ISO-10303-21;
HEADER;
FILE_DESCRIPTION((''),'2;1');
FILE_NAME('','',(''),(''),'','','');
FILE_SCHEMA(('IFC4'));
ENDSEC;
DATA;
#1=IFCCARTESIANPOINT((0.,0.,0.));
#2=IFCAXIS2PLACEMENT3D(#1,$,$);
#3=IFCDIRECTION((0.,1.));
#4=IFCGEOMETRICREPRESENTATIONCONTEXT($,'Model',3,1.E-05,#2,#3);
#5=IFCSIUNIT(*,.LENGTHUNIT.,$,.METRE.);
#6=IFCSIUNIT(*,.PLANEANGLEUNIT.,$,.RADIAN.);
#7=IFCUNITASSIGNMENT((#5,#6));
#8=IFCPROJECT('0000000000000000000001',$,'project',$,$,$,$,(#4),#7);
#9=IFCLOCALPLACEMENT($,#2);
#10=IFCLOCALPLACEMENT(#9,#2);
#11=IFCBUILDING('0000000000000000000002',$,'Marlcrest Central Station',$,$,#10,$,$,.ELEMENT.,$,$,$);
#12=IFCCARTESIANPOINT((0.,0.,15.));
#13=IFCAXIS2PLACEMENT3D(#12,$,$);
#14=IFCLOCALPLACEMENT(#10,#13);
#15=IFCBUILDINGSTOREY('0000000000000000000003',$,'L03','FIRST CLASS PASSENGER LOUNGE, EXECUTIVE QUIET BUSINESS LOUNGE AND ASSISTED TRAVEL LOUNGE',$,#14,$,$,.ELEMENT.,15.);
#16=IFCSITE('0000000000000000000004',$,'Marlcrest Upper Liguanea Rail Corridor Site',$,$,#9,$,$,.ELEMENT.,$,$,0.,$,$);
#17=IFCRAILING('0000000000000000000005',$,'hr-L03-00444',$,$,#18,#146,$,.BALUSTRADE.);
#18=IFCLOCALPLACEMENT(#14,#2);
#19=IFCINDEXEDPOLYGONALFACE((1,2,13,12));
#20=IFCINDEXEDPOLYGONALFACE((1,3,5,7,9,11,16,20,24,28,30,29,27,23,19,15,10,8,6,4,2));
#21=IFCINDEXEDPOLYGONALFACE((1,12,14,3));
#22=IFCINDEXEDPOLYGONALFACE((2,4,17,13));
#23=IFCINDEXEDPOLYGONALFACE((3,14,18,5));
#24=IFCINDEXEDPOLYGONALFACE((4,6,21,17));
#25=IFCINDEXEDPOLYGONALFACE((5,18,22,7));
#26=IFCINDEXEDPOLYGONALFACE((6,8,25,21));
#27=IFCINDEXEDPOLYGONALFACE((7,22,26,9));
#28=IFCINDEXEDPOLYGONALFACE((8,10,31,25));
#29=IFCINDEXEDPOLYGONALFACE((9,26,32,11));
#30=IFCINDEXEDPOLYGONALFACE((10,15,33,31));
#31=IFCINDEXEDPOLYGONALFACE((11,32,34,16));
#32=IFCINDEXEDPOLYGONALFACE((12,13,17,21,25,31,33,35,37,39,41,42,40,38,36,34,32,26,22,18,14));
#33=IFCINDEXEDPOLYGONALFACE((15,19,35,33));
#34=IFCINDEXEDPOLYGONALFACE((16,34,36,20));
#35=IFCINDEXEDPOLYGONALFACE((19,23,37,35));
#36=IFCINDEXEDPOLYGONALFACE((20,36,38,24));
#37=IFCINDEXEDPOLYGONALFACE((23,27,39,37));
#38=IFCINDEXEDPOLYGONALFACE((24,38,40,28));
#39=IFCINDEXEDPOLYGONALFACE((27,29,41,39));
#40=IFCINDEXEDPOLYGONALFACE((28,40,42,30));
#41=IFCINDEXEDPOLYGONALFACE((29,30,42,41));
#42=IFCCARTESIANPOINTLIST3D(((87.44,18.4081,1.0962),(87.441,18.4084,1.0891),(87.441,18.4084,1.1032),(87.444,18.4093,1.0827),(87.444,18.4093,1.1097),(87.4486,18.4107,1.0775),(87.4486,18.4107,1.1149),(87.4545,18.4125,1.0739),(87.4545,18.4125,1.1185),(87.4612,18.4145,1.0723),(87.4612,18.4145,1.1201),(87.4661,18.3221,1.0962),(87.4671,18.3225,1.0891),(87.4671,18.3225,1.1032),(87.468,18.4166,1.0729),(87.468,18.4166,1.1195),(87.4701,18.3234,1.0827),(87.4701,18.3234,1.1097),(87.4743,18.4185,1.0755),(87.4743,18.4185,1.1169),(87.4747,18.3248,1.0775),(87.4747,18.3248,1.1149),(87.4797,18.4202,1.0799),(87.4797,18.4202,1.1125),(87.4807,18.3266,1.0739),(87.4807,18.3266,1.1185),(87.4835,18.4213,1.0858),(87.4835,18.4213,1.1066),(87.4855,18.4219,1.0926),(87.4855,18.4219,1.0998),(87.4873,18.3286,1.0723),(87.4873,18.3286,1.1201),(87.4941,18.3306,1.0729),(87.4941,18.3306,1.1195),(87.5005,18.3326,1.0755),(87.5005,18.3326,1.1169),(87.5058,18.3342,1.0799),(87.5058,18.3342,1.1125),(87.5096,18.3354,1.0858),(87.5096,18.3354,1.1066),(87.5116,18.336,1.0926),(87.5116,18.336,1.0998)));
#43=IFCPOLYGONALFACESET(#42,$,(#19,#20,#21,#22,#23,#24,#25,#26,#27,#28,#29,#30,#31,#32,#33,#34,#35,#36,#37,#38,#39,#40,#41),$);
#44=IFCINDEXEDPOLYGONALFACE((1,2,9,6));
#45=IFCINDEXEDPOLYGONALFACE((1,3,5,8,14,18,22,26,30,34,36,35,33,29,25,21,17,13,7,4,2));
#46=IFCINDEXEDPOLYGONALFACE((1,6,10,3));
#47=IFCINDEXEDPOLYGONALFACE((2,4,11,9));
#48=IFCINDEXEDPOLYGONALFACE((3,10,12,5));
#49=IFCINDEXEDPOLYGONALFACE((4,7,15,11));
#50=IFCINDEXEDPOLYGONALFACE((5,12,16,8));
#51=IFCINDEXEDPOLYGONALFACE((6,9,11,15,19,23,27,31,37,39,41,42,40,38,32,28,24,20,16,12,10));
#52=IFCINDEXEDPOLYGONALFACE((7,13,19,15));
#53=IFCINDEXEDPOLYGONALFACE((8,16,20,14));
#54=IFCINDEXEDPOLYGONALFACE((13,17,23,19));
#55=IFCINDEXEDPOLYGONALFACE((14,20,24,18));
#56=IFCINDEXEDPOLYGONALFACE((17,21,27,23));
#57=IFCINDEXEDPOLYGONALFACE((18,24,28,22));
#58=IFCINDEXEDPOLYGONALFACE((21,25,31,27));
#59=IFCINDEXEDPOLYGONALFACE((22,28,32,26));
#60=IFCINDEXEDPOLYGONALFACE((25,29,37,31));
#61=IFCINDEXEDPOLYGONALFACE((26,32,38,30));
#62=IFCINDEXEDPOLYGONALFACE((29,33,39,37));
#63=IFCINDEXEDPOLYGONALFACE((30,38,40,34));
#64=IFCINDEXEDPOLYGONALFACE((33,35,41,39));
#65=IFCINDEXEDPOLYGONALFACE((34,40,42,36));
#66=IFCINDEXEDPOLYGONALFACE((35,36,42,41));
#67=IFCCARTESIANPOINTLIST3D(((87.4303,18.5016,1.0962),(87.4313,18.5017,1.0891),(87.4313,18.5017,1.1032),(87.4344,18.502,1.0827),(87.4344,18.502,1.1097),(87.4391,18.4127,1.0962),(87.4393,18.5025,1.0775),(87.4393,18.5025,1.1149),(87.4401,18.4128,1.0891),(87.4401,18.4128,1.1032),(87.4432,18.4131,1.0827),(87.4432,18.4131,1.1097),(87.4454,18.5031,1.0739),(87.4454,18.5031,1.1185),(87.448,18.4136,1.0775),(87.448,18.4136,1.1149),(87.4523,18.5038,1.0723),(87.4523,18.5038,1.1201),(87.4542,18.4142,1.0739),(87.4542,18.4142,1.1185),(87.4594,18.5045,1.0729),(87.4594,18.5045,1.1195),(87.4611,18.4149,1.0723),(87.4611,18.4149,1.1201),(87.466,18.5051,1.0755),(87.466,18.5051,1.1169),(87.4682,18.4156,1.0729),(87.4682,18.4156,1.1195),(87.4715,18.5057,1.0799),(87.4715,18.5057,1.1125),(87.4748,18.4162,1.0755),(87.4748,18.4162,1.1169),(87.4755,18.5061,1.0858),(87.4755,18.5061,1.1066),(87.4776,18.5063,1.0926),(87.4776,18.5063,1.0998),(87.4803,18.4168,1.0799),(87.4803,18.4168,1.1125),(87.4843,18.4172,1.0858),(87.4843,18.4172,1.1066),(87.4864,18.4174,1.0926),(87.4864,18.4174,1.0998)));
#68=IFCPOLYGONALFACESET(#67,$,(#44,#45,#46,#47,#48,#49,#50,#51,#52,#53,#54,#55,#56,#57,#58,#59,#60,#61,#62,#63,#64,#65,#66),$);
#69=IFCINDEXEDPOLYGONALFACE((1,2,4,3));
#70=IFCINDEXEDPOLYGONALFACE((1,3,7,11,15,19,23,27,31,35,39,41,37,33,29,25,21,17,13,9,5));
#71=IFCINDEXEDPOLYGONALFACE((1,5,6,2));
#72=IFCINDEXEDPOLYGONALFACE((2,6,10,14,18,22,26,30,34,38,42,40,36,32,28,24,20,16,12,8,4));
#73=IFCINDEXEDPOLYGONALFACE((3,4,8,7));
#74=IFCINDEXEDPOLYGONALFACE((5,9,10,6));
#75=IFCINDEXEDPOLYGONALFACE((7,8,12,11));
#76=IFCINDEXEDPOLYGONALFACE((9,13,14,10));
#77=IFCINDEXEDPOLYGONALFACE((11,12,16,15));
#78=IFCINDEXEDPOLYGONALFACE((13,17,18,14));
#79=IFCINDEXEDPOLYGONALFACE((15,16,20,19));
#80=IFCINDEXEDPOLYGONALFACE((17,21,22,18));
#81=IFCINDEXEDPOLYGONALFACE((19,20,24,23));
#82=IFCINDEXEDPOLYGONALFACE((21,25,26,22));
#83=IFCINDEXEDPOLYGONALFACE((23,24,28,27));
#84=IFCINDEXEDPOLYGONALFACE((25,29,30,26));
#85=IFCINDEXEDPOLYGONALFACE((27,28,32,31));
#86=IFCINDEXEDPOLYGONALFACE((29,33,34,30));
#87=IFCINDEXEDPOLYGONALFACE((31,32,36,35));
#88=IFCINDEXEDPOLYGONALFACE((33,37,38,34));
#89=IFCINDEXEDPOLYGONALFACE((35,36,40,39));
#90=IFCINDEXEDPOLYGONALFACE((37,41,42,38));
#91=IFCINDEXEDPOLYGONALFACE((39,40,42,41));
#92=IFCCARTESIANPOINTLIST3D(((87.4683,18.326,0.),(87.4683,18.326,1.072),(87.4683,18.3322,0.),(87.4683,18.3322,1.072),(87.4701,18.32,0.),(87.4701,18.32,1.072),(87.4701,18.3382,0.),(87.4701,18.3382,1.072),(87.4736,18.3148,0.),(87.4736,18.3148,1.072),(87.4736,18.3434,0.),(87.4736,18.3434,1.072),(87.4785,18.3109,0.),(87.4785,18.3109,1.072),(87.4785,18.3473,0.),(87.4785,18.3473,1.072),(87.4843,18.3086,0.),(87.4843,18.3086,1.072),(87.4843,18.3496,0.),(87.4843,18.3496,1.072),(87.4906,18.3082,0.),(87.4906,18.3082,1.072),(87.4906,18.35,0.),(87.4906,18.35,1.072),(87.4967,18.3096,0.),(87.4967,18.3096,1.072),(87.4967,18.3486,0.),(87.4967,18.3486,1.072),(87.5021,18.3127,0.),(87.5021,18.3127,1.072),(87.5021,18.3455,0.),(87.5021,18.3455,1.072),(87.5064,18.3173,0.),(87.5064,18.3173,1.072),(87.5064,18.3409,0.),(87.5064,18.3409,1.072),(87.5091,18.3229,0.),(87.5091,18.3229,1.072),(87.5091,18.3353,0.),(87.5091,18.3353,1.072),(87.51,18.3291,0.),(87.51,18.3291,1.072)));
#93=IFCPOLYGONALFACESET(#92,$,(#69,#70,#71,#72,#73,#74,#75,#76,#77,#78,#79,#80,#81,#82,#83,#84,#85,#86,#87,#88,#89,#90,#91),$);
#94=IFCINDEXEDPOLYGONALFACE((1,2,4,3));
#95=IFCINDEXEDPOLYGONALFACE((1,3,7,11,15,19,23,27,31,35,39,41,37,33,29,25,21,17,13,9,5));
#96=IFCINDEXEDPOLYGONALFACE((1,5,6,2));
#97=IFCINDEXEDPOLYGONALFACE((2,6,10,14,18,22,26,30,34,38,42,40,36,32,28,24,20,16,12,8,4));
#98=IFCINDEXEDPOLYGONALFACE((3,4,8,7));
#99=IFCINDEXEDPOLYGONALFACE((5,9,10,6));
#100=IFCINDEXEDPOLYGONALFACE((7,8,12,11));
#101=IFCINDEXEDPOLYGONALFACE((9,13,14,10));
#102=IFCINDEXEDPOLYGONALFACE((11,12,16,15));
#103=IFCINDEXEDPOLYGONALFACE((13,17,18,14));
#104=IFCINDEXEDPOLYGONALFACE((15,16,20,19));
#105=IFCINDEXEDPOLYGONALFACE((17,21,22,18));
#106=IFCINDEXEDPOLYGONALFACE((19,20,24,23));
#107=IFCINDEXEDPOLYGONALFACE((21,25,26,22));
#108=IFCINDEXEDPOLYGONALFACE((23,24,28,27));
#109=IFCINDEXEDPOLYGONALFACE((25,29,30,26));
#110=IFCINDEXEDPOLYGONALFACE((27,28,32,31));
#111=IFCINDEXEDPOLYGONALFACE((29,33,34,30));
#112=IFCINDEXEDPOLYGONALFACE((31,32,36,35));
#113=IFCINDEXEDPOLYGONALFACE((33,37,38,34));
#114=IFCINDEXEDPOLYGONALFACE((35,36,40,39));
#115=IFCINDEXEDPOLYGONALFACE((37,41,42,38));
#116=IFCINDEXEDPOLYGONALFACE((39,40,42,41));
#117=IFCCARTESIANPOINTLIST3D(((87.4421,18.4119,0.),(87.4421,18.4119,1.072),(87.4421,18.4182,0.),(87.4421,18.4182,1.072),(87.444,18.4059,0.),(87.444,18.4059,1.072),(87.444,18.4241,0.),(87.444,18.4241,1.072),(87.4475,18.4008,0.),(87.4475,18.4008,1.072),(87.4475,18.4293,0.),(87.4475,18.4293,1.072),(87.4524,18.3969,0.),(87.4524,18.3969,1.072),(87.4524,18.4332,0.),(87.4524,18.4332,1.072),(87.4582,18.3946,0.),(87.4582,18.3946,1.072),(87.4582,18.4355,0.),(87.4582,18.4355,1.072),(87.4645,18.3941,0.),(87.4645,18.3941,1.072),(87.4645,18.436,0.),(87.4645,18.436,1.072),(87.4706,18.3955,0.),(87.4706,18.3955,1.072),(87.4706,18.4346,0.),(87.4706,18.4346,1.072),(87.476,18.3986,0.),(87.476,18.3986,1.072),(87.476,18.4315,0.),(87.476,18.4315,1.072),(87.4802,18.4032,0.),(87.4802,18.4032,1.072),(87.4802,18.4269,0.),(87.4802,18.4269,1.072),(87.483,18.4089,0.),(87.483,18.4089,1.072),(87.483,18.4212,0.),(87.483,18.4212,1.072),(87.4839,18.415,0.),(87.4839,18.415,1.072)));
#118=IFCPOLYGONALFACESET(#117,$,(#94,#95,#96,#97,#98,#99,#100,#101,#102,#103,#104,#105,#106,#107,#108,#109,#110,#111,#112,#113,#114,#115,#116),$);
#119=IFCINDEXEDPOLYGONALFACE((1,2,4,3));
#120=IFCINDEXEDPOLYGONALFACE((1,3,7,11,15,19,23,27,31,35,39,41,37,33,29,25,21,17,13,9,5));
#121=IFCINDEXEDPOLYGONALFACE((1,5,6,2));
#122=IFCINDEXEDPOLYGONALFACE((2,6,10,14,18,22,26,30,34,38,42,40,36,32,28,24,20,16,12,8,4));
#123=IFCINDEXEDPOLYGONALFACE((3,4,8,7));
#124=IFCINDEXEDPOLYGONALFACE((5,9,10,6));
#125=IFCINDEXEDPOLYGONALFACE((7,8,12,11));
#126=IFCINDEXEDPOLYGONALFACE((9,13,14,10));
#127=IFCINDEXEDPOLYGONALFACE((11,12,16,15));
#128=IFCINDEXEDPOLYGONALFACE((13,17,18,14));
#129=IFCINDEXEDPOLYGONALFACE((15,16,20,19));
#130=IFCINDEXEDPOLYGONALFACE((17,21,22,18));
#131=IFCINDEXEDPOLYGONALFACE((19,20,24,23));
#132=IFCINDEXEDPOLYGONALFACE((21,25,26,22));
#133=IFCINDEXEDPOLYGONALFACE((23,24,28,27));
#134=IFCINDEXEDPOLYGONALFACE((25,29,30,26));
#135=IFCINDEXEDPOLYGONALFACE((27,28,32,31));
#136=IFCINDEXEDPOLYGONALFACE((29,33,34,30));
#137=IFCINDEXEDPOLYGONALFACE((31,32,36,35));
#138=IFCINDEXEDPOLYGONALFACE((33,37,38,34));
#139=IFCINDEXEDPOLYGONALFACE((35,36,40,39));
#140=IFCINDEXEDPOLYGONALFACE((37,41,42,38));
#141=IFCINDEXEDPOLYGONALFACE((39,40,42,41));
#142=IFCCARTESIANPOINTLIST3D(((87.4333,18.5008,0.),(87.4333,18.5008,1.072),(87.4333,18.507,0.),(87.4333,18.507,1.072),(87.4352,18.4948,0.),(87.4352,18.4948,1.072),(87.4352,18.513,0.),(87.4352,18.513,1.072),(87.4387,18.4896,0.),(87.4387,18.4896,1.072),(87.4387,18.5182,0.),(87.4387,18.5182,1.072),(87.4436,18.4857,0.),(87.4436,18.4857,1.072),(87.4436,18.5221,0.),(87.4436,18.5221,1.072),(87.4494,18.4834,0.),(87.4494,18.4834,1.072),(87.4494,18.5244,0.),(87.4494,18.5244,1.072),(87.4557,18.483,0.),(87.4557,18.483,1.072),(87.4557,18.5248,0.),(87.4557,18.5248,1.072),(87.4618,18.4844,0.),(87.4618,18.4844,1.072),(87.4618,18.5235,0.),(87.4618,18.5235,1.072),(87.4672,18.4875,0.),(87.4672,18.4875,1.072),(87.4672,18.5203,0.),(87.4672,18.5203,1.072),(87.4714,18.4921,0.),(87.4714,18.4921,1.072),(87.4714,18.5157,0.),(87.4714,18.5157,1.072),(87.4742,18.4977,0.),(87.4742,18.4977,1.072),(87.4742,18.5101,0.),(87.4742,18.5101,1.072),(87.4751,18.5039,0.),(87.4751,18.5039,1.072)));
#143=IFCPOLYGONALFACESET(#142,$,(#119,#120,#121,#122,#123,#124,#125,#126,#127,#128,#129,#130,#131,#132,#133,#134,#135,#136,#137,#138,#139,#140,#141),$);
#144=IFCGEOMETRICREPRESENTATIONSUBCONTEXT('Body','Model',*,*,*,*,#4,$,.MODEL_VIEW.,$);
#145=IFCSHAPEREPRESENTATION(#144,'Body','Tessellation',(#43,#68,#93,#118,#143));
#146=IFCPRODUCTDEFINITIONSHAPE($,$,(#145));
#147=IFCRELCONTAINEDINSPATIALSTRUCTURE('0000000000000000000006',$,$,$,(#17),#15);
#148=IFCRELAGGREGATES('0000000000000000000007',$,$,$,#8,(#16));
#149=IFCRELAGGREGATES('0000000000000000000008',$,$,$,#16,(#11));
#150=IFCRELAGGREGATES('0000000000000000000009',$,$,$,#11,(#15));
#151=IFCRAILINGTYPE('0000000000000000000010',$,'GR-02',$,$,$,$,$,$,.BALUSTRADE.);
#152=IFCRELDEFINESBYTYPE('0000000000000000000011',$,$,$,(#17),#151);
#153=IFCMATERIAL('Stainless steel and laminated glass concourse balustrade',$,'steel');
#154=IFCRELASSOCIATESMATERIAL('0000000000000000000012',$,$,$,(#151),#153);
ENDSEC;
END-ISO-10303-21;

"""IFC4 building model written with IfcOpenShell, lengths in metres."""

from ifc_helpers import new_model, si_unit, direction, frame, origin, origin_2d, place, context, subcontext, project, spatial, circle, extrude, material, type_object, element, save


model = new_model("IFC4")

# Units and contexts
model_context = context("Model", 3, precision=1e-05, world=origin(), true_north=direction((0.0, 1.0)))
body_context = subcontext(model_context, "Body", "Model", "MODEL_VIEW")
ifc_project = project(units=[si_unit("LENGTHUNIT", "METRE"), si_unit("PLANEANGLEUNIT", "RADIAN")], contexts=[model_context])

# Site, building, storey
site_placement = place(None, origin())
site = spatial("IfcSite", under=ifc_project, at=site_placement, Name="Marlcrest Upper Liguanea Rail Corridor Site", CompositionType="ELEMENT", RefElevation=0.0)
building_placement = place(site_placement, origin())
building = spatial("IfcBuilding", under=site, at=building_placement, Name="Marlcrest Central Station", CompositionType="ELEMENT")
storey_placement = place(building_placement, frame((0.0, 0.0, 15.0)))
storey = spatial("IfcBuildingStorey", under=building, at=storey_placement, Name="L03", Description="FIRST CLASS PASSENGER LOUNGE, EXECUTIVE QUIET BUSINESS LOUNGE AND ASSISTED TRAVEL LOUNGE", CompositionType="ELEMENT", Elevation=15.0)

# Railing
ifc_material_1 = material(Name="Stainless steel and laminated glass concourse balustrade", Category="steel")
railing_type = type_object("IfcRailingType", Name="GR-02", PredefinedType="BALUSTRADE", material=ifc_material_1)
railing_1_placement = place(storey_placement, frame((87.489, 18.3291, 0.0)))
element("IfcRailing", 1, at=railing_1_placement, inside=storey, type_object=railing_type, Name="hr-L03-00444", PredefinedType="BALUSTRADE", context=body_context, shape_type="SweptSolid", body=[
    extrude(circle(Radius=0.0239, at=origin_2d()), frame((0.0, 0.0, 1.0962), z_axis=(-0.290837, 0.956773, 0.0), x_axis=(-0.956773, -0.290837, 0.0)), (0.0, 0.0, 1.0), 0.0898),
    extrude(circle(Radius=0.0239, at=origin_2d()), frame((-0.0261, 0.0859, 1.0962), z_axis=(-0.098421, 0.995145, 0.0), x_axis=(-0.995145, -0.098421, 0.0)), (0.0, 0.0, 1.0), 0.0894),
    extrude(circle(Radius=0.021, at=origin_2d()), origin(), (0.0, 0.0, 1.0), 1.072),
    extrude(circle(Radius=0.021, at=origin_2d()), frame((-0.0261, 0.0859, 0.0)), (0.0, 0.0, 1.0), 1.072),
    extrude(circle(Radius=0.021, at=origin_2d()), frame((-0.0349, 0.1748, 0.0)), (0.0, 0.0, 1.0), 1.072),
])

save(model, "model.ifc")
